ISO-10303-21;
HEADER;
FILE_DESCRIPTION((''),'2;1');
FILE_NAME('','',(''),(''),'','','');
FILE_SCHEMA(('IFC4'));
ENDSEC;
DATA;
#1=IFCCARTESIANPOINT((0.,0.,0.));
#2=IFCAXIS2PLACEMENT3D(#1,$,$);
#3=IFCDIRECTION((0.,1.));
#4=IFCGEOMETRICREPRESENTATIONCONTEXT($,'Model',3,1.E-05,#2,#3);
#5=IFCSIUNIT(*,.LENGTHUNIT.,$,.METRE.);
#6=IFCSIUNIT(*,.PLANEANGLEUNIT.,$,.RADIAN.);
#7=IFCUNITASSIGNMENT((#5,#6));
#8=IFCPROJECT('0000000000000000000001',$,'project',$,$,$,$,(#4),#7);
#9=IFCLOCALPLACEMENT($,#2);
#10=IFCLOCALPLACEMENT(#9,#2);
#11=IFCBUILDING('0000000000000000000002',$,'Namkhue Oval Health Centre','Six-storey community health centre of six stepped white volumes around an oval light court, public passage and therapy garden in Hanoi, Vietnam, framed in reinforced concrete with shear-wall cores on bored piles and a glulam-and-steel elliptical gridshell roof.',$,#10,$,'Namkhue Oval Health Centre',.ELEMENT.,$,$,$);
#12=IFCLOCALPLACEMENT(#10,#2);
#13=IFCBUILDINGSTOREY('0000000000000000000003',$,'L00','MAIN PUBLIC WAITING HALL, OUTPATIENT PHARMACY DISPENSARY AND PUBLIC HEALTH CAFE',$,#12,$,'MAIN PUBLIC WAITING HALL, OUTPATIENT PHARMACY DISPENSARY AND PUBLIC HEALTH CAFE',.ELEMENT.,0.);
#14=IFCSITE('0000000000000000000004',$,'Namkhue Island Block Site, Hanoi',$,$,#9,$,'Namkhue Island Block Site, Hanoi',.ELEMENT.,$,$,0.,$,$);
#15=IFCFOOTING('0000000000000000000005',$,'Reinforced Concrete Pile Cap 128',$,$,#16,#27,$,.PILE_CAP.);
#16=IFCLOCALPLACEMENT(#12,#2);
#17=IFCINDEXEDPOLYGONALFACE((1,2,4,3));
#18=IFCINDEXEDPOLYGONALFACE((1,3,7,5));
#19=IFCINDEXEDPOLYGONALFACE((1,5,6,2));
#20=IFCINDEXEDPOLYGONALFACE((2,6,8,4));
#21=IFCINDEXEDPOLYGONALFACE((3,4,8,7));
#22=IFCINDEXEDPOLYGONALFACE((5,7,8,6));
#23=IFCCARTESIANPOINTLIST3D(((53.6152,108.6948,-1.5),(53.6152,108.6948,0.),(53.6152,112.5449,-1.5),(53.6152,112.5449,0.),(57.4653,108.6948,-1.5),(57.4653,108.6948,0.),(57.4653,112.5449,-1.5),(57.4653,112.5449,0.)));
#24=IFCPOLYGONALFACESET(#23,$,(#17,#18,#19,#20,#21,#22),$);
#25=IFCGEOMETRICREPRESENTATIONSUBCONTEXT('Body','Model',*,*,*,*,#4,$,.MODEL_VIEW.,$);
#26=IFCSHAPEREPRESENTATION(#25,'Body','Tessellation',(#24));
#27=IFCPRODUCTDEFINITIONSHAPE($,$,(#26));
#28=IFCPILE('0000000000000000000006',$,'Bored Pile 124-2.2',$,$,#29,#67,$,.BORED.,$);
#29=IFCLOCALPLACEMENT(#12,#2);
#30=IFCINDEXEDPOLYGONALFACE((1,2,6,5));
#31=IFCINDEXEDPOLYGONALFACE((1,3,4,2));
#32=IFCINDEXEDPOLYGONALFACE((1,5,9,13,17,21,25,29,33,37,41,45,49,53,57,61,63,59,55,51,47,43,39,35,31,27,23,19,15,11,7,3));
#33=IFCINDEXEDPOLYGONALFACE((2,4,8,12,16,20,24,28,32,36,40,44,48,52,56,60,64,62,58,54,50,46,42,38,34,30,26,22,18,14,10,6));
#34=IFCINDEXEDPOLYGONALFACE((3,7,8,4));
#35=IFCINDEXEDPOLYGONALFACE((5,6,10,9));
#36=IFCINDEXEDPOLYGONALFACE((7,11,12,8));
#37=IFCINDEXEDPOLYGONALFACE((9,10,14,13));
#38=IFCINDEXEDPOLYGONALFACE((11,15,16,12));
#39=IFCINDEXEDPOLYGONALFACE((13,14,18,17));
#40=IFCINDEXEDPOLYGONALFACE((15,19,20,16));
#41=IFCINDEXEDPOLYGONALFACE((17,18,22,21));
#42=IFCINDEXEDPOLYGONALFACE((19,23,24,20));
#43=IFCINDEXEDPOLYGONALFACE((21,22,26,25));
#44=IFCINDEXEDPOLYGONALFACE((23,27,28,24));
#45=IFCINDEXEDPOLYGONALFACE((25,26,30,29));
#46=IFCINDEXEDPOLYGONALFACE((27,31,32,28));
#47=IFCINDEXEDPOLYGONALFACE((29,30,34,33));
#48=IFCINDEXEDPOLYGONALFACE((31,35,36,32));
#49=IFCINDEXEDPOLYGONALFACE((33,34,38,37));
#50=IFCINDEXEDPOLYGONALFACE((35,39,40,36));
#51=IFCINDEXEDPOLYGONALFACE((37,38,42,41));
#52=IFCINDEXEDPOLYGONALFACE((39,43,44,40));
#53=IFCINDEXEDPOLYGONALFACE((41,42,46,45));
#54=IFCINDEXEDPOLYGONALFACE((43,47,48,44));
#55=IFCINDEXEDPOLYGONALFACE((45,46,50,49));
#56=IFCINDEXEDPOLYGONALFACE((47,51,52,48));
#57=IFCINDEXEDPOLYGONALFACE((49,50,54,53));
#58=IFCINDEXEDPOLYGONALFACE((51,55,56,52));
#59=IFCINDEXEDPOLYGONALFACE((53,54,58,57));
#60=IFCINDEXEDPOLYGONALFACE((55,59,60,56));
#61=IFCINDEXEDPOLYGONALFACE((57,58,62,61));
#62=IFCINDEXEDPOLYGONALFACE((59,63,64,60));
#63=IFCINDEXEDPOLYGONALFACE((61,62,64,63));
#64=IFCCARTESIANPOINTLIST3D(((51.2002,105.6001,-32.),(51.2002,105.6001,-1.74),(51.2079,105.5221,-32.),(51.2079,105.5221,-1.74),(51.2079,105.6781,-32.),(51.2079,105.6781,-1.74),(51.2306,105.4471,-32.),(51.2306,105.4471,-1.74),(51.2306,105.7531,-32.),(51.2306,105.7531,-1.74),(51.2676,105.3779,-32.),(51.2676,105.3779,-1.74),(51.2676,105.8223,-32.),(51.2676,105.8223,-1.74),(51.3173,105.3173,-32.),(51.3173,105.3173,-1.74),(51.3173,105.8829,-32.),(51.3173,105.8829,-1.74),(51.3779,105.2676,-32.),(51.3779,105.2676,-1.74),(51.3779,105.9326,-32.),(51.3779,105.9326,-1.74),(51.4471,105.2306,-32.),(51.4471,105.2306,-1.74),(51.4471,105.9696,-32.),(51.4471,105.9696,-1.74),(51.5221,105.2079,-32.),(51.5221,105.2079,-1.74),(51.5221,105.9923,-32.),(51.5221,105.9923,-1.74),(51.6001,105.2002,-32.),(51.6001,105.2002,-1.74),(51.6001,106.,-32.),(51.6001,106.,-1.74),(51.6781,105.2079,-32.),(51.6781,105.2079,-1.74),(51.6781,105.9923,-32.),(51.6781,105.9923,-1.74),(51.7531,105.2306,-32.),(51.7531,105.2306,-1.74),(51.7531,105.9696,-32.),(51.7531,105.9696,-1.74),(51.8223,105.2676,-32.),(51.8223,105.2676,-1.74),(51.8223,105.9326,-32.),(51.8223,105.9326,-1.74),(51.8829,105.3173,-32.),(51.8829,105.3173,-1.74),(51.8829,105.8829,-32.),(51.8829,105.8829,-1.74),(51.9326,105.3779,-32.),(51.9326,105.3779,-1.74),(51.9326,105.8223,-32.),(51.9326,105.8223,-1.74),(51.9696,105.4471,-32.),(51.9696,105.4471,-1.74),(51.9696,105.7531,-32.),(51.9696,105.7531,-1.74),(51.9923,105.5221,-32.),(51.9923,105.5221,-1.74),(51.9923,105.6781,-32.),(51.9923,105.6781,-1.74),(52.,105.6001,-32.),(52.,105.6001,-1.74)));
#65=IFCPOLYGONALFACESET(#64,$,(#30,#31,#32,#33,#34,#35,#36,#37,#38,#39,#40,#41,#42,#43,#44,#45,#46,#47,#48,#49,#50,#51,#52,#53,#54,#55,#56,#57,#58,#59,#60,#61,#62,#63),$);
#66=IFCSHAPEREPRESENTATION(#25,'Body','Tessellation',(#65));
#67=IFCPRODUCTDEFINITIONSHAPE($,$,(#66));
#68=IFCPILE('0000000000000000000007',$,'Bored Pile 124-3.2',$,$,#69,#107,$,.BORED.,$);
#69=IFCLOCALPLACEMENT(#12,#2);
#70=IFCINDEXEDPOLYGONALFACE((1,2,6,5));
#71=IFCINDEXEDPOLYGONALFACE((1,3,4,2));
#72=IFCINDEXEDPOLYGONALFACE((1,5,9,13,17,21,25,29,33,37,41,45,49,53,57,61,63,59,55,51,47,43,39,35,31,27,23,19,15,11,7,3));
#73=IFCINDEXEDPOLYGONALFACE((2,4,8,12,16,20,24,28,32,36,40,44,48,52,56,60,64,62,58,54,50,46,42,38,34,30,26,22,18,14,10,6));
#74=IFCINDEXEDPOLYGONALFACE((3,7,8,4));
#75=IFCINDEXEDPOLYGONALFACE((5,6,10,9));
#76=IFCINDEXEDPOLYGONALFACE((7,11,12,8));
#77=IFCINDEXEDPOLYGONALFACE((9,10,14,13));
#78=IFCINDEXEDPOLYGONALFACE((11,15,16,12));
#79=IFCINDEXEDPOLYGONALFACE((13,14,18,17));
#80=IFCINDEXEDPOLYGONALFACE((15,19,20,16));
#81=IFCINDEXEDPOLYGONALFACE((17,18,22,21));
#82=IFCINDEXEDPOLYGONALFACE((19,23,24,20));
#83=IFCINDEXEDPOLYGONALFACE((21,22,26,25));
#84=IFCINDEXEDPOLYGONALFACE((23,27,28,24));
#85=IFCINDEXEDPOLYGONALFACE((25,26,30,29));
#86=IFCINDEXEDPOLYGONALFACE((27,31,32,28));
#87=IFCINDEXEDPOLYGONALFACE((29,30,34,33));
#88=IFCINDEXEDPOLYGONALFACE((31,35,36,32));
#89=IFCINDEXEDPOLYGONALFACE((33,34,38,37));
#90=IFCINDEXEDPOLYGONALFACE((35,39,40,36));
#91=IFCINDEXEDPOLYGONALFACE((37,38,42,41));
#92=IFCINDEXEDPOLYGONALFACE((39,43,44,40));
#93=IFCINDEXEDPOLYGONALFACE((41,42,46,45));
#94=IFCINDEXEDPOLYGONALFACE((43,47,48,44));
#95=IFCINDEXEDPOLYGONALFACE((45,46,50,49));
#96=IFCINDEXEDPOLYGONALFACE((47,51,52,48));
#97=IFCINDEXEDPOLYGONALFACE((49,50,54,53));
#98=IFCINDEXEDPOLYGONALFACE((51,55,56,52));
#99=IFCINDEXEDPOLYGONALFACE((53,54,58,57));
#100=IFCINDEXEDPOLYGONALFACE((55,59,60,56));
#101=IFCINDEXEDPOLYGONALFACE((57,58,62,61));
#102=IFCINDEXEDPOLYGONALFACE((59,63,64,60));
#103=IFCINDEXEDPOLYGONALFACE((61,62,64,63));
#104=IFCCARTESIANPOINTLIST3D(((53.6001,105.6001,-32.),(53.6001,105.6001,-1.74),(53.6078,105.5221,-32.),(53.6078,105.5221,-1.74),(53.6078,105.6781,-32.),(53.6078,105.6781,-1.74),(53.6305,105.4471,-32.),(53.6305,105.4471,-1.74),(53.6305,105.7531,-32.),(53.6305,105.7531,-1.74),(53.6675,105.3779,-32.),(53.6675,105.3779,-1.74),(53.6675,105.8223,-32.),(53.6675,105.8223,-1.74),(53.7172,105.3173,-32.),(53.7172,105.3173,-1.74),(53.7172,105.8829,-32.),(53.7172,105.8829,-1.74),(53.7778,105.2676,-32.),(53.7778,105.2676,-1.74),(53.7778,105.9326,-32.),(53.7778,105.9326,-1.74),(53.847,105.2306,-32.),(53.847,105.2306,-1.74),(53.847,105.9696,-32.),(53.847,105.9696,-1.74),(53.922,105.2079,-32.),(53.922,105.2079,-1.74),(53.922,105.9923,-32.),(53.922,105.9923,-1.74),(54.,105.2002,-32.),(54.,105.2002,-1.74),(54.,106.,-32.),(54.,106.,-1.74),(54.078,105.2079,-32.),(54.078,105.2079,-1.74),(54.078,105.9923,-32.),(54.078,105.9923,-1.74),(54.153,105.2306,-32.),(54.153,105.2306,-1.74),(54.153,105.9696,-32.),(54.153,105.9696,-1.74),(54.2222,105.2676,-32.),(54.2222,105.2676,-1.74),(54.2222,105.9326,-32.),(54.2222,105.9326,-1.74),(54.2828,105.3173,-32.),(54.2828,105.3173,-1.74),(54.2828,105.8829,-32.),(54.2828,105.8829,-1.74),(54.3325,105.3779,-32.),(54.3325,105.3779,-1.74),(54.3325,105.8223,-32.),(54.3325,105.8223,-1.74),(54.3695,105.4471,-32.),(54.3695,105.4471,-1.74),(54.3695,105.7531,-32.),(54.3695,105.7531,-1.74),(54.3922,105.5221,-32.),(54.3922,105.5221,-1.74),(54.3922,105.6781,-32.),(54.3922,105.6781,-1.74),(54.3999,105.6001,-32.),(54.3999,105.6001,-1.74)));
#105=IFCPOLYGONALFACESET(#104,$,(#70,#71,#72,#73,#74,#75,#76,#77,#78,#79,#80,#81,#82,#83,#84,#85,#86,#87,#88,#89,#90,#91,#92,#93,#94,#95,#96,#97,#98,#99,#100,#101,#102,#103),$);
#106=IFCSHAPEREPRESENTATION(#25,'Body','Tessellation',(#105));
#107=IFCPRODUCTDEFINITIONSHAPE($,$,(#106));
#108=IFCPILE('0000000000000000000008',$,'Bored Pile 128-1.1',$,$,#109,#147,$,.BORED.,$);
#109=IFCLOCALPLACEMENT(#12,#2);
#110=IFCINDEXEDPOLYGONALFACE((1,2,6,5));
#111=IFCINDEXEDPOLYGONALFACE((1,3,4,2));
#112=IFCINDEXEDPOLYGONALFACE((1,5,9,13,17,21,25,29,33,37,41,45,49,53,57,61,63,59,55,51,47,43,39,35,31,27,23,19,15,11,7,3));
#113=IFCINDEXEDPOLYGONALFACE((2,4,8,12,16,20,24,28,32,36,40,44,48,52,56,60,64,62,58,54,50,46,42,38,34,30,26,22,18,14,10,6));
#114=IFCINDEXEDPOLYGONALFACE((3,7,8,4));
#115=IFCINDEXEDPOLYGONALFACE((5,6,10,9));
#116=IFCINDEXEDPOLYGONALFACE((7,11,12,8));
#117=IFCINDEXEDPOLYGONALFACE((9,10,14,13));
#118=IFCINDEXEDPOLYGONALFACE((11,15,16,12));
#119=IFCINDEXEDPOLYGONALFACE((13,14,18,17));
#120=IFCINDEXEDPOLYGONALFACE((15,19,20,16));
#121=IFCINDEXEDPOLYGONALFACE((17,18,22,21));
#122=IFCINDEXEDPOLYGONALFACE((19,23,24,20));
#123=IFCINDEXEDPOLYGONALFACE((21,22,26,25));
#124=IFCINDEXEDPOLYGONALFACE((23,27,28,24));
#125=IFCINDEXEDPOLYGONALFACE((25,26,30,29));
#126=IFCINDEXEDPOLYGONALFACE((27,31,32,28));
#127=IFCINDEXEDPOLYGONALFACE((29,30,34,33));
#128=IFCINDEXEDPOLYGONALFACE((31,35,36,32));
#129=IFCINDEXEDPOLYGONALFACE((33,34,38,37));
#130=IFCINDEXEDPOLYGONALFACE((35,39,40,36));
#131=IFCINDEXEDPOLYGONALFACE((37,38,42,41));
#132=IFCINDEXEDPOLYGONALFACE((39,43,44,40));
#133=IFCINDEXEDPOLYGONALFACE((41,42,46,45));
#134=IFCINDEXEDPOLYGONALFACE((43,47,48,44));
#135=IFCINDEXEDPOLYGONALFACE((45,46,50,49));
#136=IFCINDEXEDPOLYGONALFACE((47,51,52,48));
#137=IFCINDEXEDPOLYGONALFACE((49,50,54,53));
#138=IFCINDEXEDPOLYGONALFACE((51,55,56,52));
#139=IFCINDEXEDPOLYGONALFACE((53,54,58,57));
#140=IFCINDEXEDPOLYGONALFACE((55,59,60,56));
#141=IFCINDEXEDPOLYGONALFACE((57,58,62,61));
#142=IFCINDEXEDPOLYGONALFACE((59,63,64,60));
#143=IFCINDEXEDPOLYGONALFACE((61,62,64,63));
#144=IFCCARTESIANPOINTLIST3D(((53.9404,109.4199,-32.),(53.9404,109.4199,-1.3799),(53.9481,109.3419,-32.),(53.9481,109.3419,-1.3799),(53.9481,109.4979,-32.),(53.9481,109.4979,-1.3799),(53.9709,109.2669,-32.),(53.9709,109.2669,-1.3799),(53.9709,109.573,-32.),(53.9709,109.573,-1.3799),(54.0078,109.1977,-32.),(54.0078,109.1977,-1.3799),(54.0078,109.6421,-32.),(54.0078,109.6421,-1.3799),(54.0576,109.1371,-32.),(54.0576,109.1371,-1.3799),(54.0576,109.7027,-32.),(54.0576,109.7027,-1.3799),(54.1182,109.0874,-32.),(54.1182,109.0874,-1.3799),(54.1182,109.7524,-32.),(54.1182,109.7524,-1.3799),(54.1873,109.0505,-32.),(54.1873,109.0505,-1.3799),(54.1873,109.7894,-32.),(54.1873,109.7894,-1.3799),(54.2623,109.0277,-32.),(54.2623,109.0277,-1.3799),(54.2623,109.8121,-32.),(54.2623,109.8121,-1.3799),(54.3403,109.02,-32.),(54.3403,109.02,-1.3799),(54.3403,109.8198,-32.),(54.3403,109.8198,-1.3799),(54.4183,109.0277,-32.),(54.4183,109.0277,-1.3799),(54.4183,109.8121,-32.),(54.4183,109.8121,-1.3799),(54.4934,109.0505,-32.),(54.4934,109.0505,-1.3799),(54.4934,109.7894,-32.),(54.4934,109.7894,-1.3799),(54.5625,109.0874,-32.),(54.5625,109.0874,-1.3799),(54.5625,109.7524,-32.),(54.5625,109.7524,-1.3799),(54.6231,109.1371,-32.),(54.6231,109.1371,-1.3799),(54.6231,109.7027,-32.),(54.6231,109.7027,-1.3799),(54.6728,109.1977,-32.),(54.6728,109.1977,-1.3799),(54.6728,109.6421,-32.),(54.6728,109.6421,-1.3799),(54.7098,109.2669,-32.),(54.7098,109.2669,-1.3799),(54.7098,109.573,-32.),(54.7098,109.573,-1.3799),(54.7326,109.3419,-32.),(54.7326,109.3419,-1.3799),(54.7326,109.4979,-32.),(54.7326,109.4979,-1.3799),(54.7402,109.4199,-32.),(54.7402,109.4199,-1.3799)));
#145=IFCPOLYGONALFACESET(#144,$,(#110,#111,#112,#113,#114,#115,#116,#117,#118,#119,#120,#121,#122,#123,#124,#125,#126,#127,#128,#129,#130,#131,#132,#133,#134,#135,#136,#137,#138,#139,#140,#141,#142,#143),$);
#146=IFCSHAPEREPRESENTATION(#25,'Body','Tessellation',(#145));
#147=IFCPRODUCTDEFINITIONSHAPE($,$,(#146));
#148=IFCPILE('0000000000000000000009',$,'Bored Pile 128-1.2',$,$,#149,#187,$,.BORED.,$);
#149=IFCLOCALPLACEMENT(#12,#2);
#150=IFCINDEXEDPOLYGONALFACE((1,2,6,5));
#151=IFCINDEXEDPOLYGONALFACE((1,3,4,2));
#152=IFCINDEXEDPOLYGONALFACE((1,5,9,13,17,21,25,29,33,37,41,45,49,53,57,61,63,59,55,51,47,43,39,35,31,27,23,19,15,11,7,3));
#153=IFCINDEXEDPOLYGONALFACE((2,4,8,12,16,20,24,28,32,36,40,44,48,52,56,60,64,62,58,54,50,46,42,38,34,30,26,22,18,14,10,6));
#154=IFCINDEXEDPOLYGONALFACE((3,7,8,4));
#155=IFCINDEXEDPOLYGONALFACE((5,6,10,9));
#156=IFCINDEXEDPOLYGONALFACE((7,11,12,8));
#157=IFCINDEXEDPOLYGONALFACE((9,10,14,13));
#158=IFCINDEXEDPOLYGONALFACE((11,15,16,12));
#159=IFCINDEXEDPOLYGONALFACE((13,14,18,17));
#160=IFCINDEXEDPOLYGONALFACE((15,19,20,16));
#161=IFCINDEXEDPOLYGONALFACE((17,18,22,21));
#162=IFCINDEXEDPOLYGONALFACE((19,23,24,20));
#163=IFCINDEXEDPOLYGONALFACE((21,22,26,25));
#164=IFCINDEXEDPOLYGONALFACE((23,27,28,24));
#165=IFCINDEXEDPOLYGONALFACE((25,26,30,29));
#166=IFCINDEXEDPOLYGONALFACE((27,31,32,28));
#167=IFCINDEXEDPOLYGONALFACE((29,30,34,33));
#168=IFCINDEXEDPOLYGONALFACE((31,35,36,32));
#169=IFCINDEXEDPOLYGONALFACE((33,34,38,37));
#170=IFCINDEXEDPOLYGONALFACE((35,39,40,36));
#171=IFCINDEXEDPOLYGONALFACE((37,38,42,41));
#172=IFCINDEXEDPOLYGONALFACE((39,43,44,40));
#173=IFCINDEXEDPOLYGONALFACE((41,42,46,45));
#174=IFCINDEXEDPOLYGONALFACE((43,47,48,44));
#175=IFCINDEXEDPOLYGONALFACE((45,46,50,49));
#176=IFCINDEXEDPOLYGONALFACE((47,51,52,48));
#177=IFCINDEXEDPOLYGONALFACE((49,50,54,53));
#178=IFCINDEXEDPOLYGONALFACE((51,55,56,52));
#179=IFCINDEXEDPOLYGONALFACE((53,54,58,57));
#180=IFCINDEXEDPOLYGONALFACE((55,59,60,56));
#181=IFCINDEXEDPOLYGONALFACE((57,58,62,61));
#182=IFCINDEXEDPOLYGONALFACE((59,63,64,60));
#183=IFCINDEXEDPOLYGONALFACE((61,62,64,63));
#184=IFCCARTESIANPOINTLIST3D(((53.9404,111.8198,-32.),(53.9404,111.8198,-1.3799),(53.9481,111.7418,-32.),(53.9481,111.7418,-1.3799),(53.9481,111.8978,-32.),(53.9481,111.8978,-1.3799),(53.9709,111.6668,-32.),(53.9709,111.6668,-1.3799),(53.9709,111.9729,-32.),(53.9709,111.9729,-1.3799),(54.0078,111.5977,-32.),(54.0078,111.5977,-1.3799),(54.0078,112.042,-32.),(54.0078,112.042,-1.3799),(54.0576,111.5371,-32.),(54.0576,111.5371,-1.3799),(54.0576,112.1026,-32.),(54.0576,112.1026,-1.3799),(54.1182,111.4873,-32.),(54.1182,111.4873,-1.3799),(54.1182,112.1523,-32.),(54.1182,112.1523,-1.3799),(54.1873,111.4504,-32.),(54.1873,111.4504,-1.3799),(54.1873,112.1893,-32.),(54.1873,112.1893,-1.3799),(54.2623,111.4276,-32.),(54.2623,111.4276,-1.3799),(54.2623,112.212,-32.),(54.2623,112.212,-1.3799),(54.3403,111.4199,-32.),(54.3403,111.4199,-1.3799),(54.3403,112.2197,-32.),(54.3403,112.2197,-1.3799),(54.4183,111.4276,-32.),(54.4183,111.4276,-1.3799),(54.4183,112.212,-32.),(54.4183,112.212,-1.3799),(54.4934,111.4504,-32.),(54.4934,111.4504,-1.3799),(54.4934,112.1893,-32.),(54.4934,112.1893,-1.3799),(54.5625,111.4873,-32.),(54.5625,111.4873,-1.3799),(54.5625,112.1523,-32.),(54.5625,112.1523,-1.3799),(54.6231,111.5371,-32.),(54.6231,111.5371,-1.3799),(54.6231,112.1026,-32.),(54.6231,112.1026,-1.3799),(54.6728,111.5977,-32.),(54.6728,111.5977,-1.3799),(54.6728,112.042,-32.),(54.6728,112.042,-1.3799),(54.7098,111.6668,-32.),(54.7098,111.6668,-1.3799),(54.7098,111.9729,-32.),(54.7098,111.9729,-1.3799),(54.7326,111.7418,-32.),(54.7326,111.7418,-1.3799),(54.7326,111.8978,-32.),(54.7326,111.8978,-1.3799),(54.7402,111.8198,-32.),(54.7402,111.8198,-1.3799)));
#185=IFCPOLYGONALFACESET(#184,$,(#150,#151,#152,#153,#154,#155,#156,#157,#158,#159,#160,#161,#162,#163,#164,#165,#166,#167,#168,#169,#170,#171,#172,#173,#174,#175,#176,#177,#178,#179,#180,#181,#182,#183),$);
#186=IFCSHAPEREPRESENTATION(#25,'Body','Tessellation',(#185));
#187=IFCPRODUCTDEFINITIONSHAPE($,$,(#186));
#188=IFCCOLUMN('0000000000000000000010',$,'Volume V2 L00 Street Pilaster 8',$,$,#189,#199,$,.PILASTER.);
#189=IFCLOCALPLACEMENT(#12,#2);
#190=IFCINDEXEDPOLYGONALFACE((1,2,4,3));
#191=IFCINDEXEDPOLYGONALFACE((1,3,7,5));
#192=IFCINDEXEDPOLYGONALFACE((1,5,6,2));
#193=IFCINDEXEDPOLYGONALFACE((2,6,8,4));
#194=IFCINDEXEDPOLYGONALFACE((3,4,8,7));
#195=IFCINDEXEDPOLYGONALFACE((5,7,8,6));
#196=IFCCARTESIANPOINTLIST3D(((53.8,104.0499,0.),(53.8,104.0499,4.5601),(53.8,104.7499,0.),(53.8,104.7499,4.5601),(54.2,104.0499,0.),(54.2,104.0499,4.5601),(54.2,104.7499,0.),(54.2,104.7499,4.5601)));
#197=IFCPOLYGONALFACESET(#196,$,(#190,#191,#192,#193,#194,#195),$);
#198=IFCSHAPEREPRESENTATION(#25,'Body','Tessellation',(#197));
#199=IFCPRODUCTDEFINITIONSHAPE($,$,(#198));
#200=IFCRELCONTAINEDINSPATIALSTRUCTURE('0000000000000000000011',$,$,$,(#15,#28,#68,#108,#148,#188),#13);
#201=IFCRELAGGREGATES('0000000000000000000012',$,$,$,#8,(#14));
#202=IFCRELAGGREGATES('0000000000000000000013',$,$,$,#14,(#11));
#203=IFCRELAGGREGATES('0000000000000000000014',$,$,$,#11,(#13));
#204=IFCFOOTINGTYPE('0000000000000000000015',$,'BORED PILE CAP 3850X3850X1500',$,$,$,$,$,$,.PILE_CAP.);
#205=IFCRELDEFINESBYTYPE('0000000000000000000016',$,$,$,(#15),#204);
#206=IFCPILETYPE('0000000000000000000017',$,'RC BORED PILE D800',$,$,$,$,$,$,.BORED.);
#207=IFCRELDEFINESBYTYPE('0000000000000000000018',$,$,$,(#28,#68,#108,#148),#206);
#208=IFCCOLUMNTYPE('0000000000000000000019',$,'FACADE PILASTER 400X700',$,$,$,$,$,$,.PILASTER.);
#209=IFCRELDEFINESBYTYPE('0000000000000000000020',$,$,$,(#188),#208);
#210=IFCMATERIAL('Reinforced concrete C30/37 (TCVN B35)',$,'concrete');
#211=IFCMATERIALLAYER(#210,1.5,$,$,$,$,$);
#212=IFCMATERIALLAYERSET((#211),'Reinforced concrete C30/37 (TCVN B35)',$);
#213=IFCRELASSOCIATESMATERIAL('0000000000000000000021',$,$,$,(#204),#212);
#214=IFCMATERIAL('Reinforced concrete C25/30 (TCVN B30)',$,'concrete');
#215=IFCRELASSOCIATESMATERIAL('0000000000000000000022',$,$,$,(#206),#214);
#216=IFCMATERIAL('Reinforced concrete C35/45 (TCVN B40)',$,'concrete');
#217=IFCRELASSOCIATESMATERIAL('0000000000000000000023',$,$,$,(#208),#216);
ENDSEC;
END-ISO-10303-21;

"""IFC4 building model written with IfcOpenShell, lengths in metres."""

from ifc_helpers import new_model, si_unit, direction, frame, origin, origin_2d, place, context, subcontext, project, spatial, rectangle, circle, extrude, material, layer, layer_set, material_profile, profile_set, type_object, element, save


model = new_model("IFC4")

# Units and contexts
model_context = context("Model", 3, precision=1e-05, world=origin(), true_north=direction((0.0, 1.0)))
body_context = subcontext(model_context, "Body", "Model", "MODEL_VIEW")
ifc_project = project(units=[si_unit("LENGTHUNIT", "METRE"), si_unit("PLANEANGLEUNIT", "RADIAN")], contexts=[model_context])

# Site, building, storey
site_placement = place(None, origin())
site = spatial("IfcSite", under=ifc_project, at=site_placement, Name="Namkhue Island Block Site, Hanoi", LongName="Namkhue Island Block Site, Hanoi", CompositionType="ELEMENT", RefElevation=0.0)
building_placement = place(site_placement, origin())
building = spatial("IfcBuilding", under=site, at=building_placement, Name="Namkhue Oval Health Centre", Description="Six-storey community health centre of six stepped white volumes around an oval light court, public passage and therapy garden in Hanoi, Vietnam, framed in reinforced concrete with shear-wall cores on bored piles and a glulam-and-steel elliptical gridshell roof.", LongName="Namkhue Oval Health Centre", CompositionType="ELEMENT")
storey_placement = place(building_placement, origin())
storey = spatial("IfcBuildingStorey", under=building, at=storey_placement, Name="L00", Description="MAIN PUBLIC WAITING HALL, OUTPATIENT PHARMACY DISPENSARY AND PUBLIC HEALTH CAFE", LongName="MAIN PUBLIC WAITING HALL, OUTPATIENT PHARMACY DISPENSARY AND PUBLIC HEALTH CAFE", CompositionType="ELEMENT", Elevation=0.0)

# Footing
ifc_material_1 = material(Name="Reinforced concrete C30/37 (TCVN B35)", Category="concrete")
ifc_layer_1 = layer(ifc_material_1, 1.5)
ifc_layer_set_1 = layer_set([ifc_layer_1], Name="Reinforced concrete C30/37 (TCVN B35)")
footing_type = type_object("IfcFootingType", Name="BORED PILE CAP 3850X3850X1500", PredefinedType="PILE_CAP", material=ifc_layer_set_1)
footing_placement = place(storey_placement, frame((55.5403, 110.6199, -1.5), z_axis=(0.0, 0.0, 1.0), x_axis=(1.0, 0.0, 0.0)))
element("IfcFooting", 1, at=footing_placement, inside=storey, type_object=footing_type, Name="Reinforced Concrete Pile Cap 128", PredefinedType="PILE_CAP", context=body_context, shape_type="SweptSolid", body=[
    extrude(rectangle(XDim=3.8501, YDim=3.8501, at=origin_2d()), origin(), (0.0, 0.0, 1.0), 1.5),
])

# Piles
ifc_material_2 = material(Name="Reinforced concrete C25/30 (TCVN B30)", Category="concrete")
ifc_material_profile_1 = material_profile(ifc_material_2, circle(Radius=0.3999, at=origin_2d()), Name="BORED PILE D800")
ifc_profile_set_1 = profile_set([ifc_material_profile_1], Name="Reinforced concrete C25/30 (TCVN B30)")
pile_type = type_object("IfcPileType", Name="RC BORED PILE D800", PredefinedType="BORED", material=ifc_profile_set_1)
for number, where, z_axis, x_axis, name in (
    (2, (51.6001, 105.6001, -1.74), (0.0, 0.0, -1.0), (1.0, 0.0, 0.0), "Bored Pile 124-2.2"),
    (3, (54.0, 105.6001, -1.74), (0.0, 0.0, -1.0), (1.0, 0.0, 0.0), "Bored Pile 124-3.2"),
):
    element("IfcPile", number, at=place(storey_placement, frame(where, z_axis=z_axis, x_axis=x_axis)), inside=storey, type_object=pile_type, Name=name, PredefinedType="BORED", context=body_context, shape_type="SweptSolid", body=[
        extrude(circle(Radius=0.3999, at=origin_2d()), origin(), (0.0, 0.0, 1.0), 30.26),
    ])
for number, where, z_axis, x_axis, name in (
    (4, (54.3403, 109.4199, -1.3799), (0.0, 0.0, -1.0), (1.0, 0.0, 0.0), "Bored Pile 128-1.1"),
    (5, (54.3403, 111.8198, -1.3799), (0.0, 0.0, -1.0), (1.0, 0.0, 0.0), "Bored Pile 128-1.2"),
):
    element("IfcPile", number, at=place(storey_placement, frame(where, z_axis=z_axis, x_axis=x_axis)), inside=storey, type_object=pile_type, Name=name, PredefinedType="BORED", context=body_context, shape_type="SweptSolid", body=[
        extrude(circle(Radius=0.3999, at=origin_2d()), origin(), (0.0, 0.0, 1.0), 30.6201),
    ])

# Column
ifc_material_3 = material(Name="Reinforced concrete C35/45 (TCVN B40)", Category="concrete")
ifc_material_profile_2 = material_profile(ifc_material_3, rectangle(XDim=0.3999, YDim=0.7, at=origin_2d()), Name="RC 400x700")
ifc_profile_set_2 = profile_set([ifc_material_profile_2], Name="Reinforced concrete C35/45 (TCVN B40)")
column_type_1 = type_object("IfcColumnType", Name="FACADE PILASTER 400X700", PredefinedType="PILASTER", material=ifc_profile_set_2)
column_1_placement = place(storey_placement, frame((54.0, 104.3999, 0.0), z_axis=(0.0, 0.0, 1.0), x_axis=(1.0, 0.0, 0.0)))
element("IfcColumn", 6, at=column_1_placement, inside=storey, type_object=column_type_1, Name="Volume V2 L00 Street Pilaster 8", PredefinedType="PILASTER", context=body_context, shape_type="SweptSolid", body=[
    extrude(rectangle(XDim=0.3999, YDim=0.7, at=origin_2d()), origin(), (0.0, 0.0, 1.0), 4.5601),
])

save(model, "model.ifc")
